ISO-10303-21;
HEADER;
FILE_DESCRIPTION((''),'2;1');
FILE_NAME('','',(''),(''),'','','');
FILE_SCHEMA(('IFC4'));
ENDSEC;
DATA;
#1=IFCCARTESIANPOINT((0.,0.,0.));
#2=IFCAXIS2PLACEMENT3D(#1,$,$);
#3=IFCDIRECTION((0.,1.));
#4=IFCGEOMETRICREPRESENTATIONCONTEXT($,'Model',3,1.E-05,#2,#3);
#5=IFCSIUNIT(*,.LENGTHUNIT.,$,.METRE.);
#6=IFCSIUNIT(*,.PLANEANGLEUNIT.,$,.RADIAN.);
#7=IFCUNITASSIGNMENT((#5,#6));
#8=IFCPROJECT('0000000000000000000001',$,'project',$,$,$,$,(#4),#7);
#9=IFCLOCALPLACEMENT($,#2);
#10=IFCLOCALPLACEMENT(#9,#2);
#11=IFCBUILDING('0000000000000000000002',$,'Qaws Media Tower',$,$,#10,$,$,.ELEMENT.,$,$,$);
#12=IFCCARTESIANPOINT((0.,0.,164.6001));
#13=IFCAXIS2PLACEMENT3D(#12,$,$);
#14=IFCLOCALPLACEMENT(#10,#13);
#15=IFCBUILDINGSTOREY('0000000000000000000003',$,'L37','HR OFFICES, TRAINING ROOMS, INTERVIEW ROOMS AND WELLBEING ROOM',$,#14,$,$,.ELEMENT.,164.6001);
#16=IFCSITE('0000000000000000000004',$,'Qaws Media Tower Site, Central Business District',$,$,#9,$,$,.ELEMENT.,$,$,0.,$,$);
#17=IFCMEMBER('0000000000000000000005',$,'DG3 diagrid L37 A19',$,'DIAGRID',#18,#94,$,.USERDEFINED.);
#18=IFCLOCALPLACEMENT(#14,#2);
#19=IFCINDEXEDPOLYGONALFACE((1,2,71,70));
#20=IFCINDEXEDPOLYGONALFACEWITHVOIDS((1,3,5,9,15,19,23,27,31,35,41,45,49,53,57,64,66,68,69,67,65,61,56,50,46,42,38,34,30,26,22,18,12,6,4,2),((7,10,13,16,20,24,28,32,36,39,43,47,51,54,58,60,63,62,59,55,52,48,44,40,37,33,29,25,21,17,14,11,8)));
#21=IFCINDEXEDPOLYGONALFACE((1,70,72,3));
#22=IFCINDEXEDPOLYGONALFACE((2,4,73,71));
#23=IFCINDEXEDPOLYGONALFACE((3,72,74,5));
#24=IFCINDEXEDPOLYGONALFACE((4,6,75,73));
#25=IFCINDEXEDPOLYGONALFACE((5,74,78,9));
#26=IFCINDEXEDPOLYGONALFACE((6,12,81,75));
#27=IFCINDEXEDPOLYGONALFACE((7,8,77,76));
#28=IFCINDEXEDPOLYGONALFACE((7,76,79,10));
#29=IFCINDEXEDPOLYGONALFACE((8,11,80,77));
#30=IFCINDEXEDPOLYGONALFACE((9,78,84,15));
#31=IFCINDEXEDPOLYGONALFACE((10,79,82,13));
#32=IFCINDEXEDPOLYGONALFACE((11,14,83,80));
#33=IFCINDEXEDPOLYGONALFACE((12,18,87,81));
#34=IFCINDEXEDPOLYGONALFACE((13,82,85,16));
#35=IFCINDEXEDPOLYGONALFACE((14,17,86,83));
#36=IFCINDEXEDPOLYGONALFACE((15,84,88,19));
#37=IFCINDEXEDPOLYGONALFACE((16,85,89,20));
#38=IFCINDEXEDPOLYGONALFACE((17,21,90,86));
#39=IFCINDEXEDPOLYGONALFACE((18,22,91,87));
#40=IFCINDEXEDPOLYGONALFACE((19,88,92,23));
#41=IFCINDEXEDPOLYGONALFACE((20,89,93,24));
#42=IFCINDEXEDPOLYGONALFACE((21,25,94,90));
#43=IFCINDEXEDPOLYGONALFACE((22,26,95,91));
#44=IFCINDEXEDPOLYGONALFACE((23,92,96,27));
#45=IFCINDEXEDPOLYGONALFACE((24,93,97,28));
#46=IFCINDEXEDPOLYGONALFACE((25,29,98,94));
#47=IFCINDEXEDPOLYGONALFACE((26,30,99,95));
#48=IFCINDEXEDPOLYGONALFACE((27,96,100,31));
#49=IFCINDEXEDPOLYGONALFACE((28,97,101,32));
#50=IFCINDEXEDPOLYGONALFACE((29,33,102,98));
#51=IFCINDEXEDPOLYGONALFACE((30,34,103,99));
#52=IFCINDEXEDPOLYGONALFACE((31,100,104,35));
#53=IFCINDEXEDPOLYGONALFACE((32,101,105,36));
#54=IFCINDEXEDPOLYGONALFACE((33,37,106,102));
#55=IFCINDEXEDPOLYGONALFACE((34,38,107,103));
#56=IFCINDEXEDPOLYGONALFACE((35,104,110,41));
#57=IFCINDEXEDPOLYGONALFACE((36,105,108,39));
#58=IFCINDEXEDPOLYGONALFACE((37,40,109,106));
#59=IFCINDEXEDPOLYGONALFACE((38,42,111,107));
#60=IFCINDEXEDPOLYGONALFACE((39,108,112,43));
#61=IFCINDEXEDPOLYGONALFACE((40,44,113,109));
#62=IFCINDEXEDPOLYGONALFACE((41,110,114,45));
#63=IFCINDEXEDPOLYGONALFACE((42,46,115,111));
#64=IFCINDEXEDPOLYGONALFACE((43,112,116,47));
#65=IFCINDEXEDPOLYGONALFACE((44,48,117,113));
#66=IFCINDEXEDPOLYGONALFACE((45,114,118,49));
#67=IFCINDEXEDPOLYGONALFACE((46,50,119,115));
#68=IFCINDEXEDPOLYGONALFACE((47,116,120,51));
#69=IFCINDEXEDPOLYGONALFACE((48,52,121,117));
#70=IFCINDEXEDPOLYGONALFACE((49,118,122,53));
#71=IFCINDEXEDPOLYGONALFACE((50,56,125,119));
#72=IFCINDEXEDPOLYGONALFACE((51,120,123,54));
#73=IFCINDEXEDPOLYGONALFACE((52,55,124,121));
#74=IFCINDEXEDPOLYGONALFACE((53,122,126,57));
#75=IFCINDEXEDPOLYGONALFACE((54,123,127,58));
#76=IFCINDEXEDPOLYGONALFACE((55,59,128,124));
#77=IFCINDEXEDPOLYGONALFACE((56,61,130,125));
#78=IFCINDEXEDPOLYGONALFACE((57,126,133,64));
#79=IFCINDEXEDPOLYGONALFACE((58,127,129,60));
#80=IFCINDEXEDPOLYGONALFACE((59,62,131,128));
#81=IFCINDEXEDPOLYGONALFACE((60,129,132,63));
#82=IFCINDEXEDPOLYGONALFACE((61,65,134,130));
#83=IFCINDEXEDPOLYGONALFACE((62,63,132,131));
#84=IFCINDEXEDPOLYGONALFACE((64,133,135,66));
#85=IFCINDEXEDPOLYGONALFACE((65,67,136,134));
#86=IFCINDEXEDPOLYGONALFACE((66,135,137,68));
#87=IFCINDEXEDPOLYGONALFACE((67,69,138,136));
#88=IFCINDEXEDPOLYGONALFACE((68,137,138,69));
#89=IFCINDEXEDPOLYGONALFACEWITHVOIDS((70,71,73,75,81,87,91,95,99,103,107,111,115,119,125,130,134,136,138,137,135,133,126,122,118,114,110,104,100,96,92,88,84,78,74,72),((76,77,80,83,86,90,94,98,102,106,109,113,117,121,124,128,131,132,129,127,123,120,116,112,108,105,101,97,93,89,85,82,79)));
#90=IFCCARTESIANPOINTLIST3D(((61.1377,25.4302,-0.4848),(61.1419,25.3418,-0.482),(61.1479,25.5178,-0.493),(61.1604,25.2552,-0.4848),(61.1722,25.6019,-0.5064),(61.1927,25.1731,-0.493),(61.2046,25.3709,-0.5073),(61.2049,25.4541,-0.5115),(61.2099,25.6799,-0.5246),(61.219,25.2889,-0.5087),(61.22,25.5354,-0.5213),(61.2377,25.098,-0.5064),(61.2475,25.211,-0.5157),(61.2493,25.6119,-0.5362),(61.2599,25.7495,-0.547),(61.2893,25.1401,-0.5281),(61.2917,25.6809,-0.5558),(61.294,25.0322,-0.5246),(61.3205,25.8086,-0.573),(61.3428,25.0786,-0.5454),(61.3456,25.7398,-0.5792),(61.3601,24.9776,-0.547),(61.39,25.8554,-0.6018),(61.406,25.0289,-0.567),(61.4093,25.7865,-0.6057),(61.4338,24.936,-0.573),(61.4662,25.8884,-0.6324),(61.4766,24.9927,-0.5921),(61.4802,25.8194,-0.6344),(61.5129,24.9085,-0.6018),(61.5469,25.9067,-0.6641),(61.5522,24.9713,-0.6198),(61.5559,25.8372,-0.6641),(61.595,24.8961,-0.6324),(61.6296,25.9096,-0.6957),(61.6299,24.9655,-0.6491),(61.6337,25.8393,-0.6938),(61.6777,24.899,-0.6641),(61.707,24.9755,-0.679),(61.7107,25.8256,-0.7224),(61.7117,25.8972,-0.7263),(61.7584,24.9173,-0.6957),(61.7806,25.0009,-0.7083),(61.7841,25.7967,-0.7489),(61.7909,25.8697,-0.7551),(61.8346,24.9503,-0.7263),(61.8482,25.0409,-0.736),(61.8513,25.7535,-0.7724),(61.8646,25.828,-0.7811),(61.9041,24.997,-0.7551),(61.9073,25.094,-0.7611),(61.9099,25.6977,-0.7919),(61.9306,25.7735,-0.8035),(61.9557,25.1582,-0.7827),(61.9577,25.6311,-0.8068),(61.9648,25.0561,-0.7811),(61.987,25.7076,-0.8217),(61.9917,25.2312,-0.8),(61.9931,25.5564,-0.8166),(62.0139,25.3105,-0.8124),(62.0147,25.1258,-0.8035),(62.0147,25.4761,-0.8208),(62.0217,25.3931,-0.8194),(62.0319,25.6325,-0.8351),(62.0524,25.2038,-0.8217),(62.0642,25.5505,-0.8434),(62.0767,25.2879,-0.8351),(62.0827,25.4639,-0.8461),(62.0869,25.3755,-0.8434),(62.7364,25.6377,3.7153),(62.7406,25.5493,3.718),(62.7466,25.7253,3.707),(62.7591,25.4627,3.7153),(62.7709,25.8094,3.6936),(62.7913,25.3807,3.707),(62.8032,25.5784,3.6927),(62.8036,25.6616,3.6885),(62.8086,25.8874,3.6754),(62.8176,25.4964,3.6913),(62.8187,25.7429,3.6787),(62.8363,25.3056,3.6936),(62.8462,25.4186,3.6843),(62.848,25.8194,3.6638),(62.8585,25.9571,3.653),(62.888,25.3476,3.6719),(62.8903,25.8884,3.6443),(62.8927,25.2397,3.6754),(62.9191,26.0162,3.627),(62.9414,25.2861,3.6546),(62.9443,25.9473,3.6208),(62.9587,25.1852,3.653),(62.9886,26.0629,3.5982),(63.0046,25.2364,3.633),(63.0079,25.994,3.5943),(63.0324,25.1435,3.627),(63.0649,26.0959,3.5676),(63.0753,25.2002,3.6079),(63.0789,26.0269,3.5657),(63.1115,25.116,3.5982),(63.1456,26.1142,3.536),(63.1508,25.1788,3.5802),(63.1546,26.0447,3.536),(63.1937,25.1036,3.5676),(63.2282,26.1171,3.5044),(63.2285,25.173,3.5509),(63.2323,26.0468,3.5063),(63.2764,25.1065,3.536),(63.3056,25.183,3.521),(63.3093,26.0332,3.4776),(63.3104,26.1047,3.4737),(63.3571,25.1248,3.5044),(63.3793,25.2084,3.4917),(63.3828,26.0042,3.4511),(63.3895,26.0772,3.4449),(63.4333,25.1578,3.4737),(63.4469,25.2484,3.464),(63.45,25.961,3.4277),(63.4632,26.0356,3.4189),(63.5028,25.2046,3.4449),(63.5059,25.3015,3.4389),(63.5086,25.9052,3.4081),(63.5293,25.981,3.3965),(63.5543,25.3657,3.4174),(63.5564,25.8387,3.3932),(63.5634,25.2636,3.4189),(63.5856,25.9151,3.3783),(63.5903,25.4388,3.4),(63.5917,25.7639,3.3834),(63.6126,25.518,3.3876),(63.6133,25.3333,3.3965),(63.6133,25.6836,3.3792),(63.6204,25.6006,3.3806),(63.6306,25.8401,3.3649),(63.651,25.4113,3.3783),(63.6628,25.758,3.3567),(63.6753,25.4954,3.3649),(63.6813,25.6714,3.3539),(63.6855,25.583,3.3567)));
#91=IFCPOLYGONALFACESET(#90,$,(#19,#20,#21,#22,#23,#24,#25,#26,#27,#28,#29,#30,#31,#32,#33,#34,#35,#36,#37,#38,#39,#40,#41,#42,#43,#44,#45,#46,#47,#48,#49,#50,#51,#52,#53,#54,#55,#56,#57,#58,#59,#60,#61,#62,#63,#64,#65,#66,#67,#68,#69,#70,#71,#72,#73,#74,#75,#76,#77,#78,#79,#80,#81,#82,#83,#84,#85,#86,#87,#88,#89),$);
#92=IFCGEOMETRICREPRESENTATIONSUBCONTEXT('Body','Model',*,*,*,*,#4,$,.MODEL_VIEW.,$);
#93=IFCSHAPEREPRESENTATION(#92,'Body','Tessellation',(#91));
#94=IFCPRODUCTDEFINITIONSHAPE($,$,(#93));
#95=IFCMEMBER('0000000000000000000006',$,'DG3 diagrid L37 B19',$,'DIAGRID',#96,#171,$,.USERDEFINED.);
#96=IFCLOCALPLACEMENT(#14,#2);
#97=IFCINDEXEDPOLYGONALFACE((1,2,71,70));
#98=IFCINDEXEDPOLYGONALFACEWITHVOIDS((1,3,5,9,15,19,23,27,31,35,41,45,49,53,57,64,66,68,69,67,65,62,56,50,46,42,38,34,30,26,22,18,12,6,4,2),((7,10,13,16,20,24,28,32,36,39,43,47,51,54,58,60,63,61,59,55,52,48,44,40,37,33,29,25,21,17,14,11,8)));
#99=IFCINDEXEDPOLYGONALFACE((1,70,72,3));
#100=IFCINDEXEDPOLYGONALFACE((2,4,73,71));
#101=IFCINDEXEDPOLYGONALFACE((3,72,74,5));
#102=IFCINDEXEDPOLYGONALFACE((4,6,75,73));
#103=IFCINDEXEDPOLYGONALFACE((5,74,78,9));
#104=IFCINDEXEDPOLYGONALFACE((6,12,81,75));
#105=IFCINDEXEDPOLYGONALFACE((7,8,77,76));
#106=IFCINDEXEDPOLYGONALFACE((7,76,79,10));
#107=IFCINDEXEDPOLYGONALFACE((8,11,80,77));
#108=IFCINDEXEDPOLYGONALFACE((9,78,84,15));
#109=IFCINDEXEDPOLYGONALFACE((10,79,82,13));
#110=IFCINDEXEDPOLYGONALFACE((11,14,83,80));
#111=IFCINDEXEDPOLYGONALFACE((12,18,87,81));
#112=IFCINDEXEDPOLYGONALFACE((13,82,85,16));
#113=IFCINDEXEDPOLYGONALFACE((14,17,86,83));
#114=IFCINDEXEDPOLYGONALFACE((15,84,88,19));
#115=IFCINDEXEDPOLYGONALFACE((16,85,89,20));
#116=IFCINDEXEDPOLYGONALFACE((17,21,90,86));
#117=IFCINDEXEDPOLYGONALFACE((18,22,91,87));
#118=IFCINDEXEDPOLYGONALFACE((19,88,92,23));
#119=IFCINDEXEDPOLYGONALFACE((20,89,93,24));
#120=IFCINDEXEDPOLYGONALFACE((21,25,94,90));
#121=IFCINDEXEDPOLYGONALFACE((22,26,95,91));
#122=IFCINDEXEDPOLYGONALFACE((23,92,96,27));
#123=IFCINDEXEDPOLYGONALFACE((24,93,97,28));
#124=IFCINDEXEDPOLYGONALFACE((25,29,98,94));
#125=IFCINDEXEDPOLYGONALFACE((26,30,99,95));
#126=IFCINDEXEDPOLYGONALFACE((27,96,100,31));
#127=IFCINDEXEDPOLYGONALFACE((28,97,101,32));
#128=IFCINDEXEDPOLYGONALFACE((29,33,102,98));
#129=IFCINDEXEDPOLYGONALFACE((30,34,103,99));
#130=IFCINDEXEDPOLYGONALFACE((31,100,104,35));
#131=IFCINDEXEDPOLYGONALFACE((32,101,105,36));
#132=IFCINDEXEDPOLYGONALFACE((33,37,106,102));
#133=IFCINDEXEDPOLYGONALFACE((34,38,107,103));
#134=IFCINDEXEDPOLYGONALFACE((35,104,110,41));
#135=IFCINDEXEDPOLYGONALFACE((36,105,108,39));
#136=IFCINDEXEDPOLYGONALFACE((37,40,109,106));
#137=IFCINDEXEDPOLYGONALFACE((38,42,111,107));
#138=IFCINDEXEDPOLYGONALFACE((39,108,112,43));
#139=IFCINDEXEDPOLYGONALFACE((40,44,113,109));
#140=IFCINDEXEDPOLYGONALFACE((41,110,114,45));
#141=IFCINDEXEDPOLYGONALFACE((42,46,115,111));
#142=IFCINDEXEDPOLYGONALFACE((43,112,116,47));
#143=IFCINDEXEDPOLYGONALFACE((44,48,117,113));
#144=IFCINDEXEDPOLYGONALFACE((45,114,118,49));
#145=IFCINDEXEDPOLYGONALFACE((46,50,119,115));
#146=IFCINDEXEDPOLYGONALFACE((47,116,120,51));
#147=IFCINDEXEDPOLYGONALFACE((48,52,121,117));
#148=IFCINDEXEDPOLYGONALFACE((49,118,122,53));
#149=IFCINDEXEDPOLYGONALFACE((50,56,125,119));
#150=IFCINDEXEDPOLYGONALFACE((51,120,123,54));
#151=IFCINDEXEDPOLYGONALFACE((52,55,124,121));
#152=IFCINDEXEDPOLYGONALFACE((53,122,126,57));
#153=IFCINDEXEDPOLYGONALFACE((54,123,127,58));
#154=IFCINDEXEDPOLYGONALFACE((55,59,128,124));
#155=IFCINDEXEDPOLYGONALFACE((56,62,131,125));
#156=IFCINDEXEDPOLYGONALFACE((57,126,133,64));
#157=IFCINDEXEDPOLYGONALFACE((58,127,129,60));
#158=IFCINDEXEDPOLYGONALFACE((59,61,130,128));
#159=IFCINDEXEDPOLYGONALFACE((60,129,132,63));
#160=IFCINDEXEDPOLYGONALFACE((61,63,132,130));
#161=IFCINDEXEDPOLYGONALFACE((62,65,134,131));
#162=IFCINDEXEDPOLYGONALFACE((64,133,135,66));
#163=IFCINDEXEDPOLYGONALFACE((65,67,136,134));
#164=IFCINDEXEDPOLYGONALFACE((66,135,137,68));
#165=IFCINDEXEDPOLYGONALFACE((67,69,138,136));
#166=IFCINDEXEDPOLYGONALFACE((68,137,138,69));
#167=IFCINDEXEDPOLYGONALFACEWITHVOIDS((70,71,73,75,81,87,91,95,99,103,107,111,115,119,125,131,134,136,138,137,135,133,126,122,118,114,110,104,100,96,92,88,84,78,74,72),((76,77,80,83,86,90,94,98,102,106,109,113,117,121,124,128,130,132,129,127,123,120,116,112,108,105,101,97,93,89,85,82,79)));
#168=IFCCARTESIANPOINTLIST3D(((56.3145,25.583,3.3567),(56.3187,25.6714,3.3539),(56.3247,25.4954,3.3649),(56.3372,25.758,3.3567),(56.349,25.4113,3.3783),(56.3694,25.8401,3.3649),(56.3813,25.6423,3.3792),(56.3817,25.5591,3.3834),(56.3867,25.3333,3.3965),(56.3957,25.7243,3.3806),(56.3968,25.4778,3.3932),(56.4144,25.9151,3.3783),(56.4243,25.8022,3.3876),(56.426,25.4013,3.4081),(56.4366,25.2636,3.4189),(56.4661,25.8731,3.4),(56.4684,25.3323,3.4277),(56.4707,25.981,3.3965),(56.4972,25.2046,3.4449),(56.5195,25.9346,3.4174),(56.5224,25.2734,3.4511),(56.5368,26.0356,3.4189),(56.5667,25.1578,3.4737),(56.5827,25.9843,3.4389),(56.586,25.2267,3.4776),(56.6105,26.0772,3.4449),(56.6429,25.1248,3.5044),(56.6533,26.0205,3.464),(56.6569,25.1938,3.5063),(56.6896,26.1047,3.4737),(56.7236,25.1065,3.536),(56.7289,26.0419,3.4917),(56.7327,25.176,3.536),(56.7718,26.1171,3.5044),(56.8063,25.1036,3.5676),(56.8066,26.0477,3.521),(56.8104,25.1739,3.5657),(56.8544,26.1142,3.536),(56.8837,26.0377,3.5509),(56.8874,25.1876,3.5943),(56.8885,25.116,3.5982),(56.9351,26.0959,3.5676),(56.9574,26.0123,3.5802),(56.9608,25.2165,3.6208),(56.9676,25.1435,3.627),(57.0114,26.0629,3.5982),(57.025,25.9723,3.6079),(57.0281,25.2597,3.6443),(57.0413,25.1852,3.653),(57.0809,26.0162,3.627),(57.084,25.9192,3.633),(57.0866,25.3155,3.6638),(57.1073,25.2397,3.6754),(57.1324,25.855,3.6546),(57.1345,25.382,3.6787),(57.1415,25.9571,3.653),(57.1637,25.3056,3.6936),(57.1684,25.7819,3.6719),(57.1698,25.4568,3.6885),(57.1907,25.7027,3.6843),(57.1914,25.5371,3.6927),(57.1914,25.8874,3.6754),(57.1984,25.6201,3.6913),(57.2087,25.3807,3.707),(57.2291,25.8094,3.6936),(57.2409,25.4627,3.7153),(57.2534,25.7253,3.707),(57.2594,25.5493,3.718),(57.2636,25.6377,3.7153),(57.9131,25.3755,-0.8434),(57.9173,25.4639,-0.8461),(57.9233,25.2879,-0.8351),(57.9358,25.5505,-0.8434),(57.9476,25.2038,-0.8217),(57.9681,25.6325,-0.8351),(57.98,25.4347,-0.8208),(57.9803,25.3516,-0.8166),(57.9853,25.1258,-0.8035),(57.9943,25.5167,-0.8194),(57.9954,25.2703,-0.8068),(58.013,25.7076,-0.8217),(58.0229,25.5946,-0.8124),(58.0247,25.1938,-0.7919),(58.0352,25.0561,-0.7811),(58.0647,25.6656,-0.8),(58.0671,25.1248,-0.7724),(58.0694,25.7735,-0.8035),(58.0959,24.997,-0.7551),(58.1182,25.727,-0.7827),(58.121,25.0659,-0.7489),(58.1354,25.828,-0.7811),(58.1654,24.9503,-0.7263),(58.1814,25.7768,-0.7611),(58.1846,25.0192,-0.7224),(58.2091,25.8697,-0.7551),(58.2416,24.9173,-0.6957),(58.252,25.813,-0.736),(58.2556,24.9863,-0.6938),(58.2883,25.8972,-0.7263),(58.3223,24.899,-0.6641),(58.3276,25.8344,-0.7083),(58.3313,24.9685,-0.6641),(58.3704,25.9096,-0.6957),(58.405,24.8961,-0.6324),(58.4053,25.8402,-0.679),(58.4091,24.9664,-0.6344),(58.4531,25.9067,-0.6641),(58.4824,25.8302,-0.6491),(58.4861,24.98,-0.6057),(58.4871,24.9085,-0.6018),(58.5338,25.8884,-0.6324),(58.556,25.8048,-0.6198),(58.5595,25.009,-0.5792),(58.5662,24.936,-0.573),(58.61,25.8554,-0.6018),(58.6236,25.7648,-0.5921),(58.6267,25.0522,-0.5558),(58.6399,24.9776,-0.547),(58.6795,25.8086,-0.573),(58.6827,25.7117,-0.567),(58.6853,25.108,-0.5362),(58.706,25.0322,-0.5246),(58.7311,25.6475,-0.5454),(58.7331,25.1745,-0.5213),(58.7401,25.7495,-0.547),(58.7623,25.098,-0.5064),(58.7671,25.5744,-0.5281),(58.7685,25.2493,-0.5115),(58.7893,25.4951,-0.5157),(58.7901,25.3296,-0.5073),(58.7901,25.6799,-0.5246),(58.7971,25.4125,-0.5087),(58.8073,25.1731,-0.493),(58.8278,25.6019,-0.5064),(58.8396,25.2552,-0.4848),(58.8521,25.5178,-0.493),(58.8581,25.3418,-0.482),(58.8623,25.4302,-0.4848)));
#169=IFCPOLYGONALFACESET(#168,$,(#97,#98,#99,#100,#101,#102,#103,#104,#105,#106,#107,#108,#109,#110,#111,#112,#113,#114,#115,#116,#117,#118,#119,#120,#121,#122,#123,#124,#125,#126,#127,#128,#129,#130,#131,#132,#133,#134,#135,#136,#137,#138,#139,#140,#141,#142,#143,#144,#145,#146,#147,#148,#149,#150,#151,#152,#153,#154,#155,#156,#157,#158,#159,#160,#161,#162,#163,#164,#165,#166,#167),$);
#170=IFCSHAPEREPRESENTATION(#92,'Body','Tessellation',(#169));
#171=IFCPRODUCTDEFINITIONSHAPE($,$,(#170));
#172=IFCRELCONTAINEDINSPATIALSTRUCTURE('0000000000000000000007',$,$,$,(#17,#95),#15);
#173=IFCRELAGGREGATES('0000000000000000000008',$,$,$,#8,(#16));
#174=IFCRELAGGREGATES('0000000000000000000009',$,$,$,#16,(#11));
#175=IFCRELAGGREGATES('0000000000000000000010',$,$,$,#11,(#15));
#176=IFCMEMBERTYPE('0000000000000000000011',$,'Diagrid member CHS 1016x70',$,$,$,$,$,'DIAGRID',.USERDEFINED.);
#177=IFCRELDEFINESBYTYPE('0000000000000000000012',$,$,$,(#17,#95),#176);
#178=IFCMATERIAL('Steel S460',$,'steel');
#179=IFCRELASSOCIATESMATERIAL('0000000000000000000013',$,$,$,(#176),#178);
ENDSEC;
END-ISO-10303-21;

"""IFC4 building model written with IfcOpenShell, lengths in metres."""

from ifc_helpers import new_model, si_unit, direction, frame, origin, origin_2d, place, context, subcontext, project, spatial, hollow_circle, extrude, material, material_profile, profile_set, type_object, element, save


model = new_model("IFC4")

# Units and contexts
model_context = context("Model", 3, precision=1e-05, world=origin(), true_north=direction((0.0, 1.0)))
body_context = subcontext(model_context, "Body", "Model", "MODEL_VIEW")
ifc_project = project(units=[si_unit("LENGTHUNIT", "METRE"), si_unit("PLANEANGLEUNIT", "RADIAN")], contexts=[model_context])

# Site, building, storey
site_placement = place(None, origin())
site = spatial("IfcSite", under=ifc_project, at=site_placement, Name="Qaws Media Tower Site, Central Business District", CompositionType="ELEMENT", RefElevation=0.0)
building_placement = place(site_placement, origin())
building = spatial("IfcBuilding", under=site, at=building_placement, Name="Qaws Media Tower", CompositionType="ELEMENT")
storey_placement = place(building_placement, frame((0.0, 0.0, 164.6001)))
storey = spatial("IfcBuildingStorey", under=building, at=storey_placement, Name="L37", Description="HR OFFICES, TRAINING ROOMS, INTERVIEW ROOMS AND WELLBEING ROOM", CompositionType="ELEMENT", Elevation=164.6001)

# Members
ifc_material_1 = material(Name="Steel S460", Category="steel")
ifc_material_profile_1 = material_profile(ifc_material_1, hollow_circle(Radius=0.5081, WallThickness=0.0701, at=origin_2d()), Name="CHS 1016x70")
ifc_profile_set_1 = profile_set([ifc_material_profile_1], Name="Steel S460")
member_type_1 = type_object("IfcMemberType", Name="Diagrid member CHS 1016x70", ElementType="DIAGRID", PredefinedType="USERDEFINED", material=ifc_profile_set_1)
for number, where, z_axis, x_axis, name in (
    (1, (61.6123, 25.4028, -0.6641), (0.355355, 0.046129, 0.933593), (-0.128731, 0.99168, 0.0), "DG3 diagrid L37 A19"),
    (2, (58.3877, 25.4028, -0.6641), (-0.355355, 0.046129, 0.933593), (-0.128731, -0.99168, 0.0), "DG3 diagrid L37 B19"),
):
    element("IfcMember", number, at=place(storey_placement, frame(where, z_axis=z_axis, x_axis=x_axis)), inside=storey, type_object=member_type_1, Name=name, ObjectType="DIAGRID", PredefinedType="USERDEFINED", context=body_context, shape_type="SweptSolid", body=[
        extrude(hollow_circle(Radius=0.5081, WallThickness=0.0701, at=origin_2d()), origin(), (0.0, 0.0, 1.0), 4.4988),
    ])

save(model, "model.ifc")
